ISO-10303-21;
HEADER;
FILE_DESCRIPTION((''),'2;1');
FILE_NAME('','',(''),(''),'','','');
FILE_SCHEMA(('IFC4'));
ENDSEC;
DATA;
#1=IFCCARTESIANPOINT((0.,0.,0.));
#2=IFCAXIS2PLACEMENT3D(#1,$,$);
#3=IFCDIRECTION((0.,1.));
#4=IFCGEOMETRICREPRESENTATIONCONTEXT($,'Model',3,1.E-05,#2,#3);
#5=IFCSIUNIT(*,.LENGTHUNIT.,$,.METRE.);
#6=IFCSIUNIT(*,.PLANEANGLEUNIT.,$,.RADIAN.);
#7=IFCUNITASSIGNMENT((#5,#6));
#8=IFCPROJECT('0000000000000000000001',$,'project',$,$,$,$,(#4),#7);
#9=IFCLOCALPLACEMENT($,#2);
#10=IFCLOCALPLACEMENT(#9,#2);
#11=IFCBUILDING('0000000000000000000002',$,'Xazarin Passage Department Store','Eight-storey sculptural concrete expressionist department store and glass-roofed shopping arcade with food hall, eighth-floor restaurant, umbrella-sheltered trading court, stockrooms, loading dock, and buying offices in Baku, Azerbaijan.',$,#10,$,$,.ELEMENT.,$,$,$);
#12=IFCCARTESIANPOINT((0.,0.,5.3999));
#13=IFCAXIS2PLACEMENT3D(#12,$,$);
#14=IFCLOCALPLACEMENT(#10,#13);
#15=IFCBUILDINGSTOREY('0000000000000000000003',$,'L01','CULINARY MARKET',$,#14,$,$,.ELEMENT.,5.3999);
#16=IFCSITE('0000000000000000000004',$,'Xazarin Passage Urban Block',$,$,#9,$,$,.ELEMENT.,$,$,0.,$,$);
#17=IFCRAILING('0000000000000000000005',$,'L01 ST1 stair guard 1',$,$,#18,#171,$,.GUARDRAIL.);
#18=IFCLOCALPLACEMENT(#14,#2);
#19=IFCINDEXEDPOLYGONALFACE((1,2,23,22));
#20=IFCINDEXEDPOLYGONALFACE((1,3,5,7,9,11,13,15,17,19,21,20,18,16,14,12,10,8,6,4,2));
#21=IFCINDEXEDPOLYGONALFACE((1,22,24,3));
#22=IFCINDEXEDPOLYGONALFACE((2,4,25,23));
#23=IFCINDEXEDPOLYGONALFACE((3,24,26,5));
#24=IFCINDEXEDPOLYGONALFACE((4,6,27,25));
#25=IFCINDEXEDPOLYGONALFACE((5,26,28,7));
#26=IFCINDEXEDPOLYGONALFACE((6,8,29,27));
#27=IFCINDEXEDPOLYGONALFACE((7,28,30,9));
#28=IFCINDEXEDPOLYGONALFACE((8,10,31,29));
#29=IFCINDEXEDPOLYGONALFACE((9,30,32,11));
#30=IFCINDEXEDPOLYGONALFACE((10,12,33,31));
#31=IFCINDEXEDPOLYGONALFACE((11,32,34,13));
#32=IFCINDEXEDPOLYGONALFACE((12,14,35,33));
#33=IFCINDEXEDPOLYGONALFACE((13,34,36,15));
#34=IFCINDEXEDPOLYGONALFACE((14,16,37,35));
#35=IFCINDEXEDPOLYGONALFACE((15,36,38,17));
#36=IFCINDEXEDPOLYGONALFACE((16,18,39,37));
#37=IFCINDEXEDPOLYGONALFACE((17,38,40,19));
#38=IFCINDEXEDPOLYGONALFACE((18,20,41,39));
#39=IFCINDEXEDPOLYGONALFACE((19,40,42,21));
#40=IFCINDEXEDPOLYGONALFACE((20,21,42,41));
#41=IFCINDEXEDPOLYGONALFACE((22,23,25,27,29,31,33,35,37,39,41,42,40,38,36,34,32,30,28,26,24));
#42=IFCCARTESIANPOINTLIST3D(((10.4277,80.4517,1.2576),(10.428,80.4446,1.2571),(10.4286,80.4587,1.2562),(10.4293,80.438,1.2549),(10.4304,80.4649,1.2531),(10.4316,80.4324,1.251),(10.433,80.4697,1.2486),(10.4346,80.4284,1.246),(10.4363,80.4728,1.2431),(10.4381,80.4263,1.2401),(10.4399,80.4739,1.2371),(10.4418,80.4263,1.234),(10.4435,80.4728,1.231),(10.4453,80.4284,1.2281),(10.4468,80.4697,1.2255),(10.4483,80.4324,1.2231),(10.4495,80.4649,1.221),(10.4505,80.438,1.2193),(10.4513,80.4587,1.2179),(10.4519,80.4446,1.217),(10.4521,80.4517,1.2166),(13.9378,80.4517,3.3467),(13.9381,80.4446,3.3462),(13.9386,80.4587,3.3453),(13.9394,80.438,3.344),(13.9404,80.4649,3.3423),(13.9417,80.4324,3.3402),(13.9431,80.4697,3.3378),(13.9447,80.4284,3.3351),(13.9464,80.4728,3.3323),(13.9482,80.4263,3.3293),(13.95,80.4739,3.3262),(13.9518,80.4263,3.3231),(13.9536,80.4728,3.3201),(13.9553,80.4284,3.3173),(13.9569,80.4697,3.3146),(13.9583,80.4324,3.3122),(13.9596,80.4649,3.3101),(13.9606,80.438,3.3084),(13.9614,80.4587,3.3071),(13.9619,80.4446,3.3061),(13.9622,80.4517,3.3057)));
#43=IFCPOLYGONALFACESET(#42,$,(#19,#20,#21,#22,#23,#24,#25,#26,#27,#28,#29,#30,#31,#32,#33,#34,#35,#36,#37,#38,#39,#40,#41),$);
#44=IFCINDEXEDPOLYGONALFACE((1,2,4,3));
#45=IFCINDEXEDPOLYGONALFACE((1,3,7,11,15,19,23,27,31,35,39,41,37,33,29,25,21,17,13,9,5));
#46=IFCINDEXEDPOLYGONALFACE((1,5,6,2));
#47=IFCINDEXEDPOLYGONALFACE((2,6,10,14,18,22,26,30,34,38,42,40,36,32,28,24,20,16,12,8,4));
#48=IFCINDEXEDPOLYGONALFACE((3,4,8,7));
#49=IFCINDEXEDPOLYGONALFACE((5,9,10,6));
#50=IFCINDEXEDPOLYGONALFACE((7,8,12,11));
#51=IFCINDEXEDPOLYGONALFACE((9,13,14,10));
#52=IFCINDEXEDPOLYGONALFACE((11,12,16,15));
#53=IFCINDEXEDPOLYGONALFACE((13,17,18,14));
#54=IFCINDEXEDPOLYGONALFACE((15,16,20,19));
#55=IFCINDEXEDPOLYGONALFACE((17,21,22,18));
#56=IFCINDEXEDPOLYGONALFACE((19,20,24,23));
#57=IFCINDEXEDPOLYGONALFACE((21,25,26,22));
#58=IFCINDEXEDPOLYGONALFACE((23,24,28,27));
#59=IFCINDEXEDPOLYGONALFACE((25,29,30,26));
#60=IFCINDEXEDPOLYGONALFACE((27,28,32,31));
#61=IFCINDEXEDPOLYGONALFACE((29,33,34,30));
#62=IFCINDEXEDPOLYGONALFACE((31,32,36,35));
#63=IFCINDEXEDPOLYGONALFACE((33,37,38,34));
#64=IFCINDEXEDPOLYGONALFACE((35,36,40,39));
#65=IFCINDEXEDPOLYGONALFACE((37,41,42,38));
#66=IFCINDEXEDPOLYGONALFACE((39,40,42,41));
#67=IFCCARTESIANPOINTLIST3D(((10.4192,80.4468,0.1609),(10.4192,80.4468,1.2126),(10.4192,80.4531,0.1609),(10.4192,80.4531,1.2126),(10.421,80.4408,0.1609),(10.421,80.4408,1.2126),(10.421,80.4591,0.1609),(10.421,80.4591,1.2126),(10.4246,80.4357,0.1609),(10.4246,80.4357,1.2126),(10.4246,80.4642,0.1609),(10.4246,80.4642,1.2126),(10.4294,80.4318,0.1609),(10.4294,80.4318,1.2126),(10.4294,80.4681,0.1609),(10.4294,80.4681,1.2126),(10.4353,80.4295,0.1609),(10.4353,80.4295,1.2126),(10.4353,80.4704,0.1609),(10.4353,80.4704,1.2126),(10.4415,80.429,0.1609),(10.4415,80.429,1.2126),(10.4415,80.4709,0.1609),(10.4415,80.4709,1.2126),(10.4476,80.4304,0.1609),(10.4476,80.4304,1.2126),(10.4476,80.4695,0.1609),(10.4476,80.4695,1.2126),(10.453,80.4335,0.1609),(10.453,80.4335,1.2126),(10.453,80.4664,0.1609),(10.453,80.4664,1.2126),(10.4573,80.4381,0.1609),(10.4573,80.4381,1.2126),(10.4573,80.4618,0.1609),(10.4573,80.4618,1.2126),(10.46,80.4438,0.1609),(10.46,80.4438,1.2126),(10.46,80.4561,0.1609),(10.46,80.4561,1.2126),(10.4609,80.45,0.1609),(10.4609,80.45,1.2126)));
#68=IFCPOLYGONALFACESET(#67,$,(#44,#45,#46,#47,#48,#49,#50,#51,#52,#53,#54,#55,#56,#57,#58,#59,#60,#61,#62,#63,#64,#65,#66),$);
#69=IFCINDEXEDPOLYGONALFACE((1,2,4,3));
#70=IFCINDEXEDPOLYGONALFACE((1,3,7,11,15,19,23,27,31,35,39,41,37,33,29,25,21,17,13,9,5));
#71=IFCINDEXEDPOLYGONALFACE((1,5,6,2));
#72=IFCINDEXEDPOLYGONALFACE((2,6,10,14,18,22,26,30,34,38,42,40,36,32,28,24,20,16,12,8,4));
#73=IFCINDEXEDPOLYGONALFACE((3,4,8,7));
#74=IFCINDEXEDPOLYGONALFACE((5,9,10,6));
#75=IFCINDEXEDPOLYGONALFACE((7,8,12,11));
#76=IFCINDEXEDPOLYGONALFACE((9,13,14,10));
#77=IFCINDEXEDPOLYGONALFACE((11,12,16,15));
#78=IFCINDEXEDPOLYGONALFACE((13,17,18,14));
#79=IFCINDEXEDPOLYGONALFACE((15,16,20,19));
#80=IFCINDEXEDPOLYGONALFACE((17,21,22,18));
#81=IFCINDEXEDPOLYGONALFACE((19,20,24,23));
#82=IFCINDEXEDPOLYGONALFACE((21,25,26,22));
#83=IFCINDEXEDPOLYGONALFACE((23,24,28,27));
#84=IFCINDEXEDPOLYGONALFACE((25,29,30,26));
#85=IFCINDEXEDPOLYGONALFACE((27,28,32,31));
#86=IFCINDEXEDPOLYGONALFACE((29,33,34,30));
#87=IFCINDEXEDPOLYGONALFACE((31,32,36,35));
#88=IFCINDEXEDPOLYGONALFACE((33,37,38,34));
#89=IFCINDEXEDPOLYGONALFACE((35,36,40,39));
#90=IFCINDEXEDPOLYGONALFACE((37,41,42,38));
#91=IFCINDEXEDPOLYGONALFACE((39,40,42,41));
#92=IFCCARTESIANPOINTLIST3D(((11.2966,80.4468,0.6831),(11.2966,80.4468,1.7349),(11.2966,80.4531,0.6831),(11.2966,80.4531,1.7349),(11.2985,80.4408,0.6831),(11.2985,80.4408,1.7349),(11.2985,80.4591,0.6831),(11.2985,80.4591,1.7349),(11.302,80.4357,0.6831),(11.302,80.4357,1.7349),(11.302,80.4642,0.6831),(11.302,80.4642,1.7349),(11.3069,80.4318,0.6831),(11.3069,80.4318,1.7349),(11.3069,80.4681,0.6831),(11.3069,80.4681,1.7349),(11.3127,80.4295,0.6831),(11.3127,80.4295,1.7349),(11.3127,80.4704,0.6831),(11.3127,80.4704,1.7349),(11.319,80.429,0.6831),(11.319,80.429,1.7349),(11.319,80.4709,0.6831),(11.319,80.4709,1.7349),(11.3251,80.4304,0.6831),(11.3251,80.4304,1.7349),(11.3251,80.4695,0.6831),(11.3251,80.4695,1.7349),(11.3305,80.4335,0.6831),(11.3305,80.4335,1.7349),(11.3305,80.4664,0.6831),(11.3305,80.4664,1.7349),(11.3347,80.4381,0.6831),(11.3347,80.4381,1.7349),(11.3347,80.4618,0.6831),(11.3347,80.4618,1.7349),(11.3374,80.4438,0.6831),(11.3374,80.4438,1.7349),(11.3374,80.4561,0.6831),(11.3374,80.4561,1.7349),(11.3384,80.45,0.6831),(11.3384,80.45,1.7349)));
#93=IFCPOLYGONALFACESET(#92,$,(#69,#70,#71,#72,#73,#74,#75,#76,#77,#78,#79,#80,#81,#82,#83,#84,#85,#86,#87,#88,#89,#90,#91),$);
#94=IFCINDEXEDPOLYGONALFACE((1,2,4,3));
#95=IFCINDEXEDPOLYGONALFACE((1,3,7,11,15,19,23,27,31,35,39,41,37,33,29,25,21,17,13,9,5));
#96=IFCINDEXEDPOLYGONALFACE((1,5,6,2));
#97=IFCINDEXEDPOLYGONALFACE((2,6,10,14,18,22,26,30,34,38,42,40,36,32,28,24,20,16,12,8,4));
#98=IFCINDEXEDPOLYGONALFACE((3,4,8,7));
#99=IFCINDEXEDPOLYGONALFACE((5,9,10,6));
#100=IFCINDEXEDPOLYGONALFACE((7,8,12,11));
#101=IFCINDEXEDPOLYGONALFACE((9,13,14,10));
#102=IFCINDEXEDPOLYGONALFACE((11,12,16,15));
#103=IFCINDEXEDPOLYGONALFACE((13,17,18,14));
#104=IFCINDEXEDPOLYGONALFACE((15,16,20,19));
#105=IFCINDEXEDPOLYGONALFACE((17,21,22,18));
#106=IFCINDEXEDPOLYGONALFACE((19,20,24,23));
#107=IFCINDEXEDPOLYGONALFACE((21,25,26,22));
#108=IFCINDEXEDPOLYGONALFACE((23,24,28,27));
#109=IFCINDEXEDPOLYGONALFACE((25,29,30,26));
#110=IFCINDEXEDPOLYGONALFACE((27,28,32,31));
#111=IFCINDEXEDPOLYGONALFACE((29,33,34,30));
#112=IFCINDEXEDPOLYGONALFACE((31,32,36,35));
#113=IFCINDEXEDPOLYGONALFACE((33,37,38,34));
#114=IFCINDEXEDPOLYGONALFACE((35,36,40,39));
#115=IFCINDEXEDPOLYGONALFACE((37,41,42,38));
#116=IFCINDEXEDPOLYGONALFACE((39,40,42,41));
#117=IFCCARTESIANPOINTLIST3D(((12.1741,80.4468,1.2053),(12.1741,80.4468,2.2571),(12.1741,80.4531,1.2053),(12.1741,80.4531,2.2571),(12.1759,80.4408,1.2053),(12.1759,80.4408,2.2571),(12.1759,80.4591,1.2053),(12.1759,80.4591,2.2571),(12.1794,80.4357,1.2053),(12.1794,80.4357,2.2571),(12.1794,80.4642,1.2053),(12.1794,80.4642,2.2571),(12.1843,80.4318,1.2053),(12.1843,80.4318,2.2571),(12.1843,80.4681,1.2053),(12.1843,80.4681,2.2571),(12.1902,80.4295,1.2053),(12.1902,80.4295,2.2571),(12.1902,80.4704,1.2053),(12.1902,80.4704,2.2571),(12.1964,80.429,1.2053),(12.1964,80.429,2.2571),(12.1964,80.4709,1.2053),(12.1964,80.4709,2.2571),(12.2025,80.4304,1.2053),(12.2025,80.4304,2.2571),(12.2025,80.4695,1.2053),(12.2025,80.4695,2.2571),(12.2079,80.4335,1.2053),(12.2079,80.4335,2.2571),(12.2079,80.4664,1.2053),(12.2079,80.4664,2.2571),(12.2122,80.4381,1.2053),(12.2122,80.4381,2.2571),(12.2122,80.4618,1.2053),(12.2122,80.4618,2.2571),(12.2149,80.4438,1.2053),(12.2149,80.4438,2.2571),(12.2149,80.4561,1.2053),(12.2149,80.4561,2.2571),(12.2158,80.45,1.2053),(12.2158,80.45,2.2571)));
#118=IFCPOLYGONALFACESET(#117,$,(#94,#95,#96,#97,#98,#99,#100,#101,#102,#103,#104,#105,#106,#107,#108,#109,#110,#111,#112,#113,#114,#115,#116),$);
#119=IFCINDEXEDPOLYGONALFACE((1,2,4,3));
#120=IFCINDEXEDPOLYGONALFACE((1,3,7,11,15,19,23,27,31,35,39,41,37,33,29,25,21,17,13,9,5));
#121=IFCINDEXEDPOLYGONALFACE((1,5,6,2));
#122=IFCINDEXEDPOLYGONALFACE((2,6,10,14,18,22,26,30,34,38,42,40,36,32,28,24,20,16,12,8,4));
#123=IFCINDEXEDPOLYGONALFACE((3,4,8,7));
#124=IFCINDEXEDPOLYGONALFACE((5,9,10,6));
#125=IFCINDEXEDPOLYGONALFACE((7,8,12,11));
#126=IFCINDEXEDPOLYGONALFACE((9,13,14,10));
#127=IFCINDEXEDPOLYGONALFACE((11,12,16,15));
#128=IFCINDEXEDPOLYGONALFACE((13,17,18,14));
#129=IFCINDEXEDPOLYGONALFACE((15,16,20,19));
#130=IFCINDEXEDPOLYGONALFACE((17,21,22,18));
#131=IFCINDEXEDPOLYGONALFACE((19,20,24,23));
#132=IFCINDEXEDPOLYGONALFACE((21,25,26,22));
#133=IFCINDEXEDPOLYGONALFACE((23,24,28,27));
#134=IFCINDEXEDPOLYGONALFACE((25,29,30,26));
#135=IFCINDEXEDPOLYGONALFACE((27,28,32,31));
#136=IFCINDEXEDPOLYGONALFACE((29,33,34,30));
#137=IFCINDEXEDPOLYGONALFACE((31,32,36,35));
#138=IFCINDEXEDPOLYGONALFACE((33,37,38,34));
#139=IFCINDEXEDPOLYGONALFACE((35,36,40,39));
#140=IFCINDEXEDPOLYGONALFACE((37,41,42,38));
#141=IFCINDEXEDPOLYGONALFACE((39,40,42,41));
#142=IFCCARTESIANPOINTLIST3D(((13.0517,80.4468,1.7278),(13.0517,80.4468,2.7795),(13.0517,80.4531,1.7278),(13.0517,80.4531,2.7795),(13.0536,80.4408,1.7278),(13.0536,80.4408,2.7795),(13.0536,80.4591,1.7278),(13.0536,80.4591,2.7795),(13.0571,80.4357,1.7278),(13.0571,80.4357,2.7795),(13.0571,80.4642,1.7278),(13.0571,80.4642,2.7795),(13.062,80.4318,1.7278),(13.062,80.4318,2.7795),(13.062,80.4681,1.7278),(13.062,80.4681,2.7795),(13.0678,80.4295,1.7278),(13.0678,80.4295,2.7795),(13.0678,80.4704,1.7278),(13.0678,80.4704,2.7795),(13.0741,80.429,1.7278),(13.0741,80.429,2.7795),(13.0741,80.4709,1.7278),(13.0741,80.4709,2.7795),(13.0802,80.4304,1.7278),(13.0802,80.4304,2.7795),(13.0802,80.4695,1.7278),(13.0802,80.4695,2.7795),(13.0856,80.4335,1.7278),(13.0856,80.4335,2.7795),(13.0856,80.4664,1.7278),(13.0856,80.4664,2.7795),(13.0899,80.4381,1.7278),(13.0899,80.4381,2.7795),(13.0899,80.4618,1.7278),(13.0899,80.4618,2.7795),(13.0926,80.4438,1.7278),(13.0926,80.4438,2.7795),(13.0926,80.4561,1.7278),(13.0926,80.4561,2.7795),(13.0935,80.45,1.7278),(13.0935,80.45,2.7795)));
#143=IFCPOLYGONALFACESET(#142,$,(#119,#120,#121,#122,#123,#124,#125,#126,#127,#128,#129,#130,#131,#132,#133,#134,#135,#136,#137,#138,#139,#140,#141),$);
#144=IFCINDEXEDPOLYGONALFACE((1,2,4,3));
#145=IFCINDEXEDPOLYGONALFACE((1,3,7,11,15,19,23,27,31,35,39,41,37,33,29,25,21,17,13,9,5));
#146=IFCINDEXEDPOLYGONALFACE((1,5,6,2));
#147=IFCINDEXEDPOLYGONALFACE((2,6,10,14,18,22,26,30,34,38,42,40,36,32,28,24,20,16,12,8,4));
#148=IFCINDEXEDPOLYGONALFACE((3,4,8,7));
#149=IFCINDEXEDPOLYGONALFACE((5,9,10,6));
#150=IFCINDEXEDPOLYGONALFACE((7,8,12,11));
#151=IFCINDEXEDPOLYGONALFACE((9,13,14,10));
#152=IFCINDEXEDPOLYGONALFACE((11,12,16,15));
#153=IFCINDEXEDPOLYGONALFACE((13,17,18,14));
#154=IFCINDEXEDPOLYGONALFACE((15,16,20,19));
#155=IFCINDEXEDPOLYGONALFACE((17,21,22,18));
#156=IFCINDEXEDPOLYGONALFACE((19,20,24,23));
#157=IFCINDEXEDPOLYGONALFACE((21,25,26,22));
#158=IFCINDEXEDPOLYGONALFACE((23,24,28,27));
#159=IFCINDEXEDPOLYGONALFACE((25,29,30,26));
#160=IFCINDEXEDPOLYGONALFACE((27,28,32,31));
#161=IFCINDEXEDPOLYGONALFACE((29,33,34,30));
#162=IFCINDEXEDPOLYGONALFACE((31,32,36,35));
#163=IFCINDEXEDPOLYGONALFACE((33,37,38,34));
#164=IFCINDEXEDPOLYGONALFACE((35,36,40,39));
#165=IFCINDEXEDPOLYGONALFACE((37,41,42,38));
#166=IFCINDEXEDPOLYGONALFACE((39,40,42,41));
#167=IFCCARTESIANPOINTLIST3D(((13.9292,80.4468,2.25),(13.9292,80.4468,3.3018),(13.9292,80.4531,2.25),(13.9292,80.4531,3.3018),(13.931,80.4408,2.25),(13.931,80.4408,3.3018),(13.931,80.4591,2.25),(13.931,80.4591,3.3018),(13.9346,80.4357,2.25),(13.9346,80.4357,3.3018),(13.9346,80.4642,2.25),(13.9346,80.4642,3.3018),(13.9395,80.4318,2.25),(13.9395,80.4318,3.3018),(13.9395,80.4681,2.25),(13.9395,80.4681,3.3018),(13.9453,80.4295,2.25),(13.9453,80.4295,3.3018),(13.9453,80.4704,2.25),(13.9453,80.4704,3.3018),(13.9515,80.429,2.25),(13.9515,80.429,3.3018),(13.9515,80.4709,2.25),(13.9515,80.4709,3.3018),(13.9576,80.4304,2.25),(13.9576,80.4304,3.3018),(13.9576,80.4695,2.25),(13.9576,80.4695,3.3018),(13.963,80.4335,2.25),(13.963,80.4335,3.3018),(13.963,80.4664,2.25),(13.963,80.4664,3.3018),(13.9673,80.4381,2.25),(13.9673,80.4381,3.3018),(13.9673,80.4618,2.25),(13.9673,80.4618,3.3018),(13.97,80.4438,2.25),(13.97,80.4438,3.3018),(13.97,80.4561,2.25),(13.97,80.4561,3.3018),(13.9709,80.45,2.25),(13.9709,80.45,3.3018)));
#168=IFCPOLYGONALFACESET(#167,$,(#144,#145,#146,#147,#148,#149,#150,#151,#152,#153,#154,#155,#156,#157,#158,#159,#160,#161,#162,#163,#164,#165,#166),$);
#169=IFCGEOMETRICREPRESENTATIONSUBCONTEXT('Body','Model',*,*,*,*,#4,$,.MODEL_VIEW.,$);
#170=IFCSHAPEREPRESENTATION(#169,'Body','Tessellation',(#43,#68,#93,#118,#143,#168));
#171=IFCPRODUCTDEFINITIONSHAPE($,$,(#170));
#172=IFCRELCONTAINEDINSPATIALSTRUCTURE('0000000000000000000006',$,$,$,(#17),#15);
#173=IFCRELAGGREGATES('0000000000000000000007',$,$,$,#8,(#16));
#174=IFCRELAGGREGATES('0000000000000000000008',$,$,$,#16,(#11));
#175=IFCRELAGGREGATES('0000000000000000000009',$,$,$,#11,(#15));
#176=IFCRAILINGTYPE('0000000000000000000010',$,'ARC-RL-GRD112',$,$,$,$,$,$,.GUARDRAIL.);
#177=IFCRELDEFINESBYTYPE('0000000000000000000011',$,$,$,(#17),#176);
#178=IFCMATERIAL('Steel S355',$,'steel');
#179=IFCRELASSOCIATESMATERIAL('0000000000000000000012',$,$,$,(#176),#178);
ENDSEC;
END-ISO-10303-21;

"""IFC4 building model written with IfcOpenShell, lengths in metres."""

from ifc_helpers import new_model, si_unit, direction, frame, origin, origin_2d, place, context, subcontext, project, spatial, circle, extrude, material, type_object, element, save


model = new_model("IFC4")

# Units and contexts
model_context = context("Model", 3, precision=1e-05, world=origin(), true_north=direction((0.0, 1.0)))
body_context = subcontext(model_context, "Body", "Model", "MODEL_VIEW")
ifc_project = project(units=[si_unit("LENGTHUNIT", "METRE"), si_unit("PLANEANGLEUNIT", "RADIAN")], contexts=[model_context])

# Site, building, storey
site_placement = place(None, origin())
site = spatial("IfcSite", under=ifc_project, at=site_placement, Name="Xazarin Passage Urban Block", CompositionType="ELEMENT", RefElevation=0.0)
building_placement = place(site_placement, origin())
building = spatial("IfcBuilding", under=site, at=building_placement, Name="Xazarin Passage Department Store", Description="Eight-storey sculptural concrete expressionist department store and glass-roofed shopping arcade with food hall, eighth-floor restaurant, umbrella-sheltered trading court, stockrooms, loading dock, and buying offices in Baku, Azerbaijan.", CompositionType="ELEMENT")
storey_placement = place(building_placement, frame((0.0, 0.0, 5.3999)))
storey = spatial("IfcBuildingStorey", under=building, at=storey_placement, Name="L01", Description="CULINARY MARKET", CompositionType="ELEMENT", Elevation=5.3999)

# Shared definitions
ifc_material_1 = material(Name="Steel S355", Category="steel")

# Railing
railing_type_1 = type_object("IfcRailingType", Name="ARC-RL-GRD112", PredefinedType="GUARDRAIL", material=ifc_material_1)
railing_1_placement = place(storey_placement, frame((10.4399, 80.45, 0.1609)))
element("IfcRailing", 1, at=railing_1_placement, inside=storey, type_object=railing_type_1, Name="L01 ST1 stair guard 1", PredefinedType="GUARDRAIL", context=body_context, shape_type="SweptSolid", body=[
    extrude(circle(Radius=0.0239, at=origin_2d()), frame((0.0, 0.0, 1.0762), z_axis=(0.859312, 0.0, 0.511451), x_axis=(0.0, 1.0, 0.0)), (0.0, 0.0, 1.0), 4.0847),
    extrude(circle(Radius=0.021, at=origin_2d()), origin(), (0.0, 0.0, 1.0), 1.0518),
    extrude(circle(Radius=0.021, at=origin_2d()), frame((0.8774, 0.0, 0.5222)), (0.0, 0.0, 1.0), 1.0518),
    extrude(circle(Radius=0.021, at=origin_2d()), frame((1.7549, 0.0, 1.0444)), (0.0, 0.0, 1.0), 1.0518),
    extrude(circle(Radius=0.021, at=origin_2d()), frame((2.6326, 0.0, 1.5669)), (0.0, 0.0, 1.0), 1.0518),
    extrude(circle(Radius=0.021, at=origin_2d()), frame((3.51, 0.0, 2.0891)), (0.0, 0.0, 1.0), 1.0518),
])

save(model, "model.ifc")
